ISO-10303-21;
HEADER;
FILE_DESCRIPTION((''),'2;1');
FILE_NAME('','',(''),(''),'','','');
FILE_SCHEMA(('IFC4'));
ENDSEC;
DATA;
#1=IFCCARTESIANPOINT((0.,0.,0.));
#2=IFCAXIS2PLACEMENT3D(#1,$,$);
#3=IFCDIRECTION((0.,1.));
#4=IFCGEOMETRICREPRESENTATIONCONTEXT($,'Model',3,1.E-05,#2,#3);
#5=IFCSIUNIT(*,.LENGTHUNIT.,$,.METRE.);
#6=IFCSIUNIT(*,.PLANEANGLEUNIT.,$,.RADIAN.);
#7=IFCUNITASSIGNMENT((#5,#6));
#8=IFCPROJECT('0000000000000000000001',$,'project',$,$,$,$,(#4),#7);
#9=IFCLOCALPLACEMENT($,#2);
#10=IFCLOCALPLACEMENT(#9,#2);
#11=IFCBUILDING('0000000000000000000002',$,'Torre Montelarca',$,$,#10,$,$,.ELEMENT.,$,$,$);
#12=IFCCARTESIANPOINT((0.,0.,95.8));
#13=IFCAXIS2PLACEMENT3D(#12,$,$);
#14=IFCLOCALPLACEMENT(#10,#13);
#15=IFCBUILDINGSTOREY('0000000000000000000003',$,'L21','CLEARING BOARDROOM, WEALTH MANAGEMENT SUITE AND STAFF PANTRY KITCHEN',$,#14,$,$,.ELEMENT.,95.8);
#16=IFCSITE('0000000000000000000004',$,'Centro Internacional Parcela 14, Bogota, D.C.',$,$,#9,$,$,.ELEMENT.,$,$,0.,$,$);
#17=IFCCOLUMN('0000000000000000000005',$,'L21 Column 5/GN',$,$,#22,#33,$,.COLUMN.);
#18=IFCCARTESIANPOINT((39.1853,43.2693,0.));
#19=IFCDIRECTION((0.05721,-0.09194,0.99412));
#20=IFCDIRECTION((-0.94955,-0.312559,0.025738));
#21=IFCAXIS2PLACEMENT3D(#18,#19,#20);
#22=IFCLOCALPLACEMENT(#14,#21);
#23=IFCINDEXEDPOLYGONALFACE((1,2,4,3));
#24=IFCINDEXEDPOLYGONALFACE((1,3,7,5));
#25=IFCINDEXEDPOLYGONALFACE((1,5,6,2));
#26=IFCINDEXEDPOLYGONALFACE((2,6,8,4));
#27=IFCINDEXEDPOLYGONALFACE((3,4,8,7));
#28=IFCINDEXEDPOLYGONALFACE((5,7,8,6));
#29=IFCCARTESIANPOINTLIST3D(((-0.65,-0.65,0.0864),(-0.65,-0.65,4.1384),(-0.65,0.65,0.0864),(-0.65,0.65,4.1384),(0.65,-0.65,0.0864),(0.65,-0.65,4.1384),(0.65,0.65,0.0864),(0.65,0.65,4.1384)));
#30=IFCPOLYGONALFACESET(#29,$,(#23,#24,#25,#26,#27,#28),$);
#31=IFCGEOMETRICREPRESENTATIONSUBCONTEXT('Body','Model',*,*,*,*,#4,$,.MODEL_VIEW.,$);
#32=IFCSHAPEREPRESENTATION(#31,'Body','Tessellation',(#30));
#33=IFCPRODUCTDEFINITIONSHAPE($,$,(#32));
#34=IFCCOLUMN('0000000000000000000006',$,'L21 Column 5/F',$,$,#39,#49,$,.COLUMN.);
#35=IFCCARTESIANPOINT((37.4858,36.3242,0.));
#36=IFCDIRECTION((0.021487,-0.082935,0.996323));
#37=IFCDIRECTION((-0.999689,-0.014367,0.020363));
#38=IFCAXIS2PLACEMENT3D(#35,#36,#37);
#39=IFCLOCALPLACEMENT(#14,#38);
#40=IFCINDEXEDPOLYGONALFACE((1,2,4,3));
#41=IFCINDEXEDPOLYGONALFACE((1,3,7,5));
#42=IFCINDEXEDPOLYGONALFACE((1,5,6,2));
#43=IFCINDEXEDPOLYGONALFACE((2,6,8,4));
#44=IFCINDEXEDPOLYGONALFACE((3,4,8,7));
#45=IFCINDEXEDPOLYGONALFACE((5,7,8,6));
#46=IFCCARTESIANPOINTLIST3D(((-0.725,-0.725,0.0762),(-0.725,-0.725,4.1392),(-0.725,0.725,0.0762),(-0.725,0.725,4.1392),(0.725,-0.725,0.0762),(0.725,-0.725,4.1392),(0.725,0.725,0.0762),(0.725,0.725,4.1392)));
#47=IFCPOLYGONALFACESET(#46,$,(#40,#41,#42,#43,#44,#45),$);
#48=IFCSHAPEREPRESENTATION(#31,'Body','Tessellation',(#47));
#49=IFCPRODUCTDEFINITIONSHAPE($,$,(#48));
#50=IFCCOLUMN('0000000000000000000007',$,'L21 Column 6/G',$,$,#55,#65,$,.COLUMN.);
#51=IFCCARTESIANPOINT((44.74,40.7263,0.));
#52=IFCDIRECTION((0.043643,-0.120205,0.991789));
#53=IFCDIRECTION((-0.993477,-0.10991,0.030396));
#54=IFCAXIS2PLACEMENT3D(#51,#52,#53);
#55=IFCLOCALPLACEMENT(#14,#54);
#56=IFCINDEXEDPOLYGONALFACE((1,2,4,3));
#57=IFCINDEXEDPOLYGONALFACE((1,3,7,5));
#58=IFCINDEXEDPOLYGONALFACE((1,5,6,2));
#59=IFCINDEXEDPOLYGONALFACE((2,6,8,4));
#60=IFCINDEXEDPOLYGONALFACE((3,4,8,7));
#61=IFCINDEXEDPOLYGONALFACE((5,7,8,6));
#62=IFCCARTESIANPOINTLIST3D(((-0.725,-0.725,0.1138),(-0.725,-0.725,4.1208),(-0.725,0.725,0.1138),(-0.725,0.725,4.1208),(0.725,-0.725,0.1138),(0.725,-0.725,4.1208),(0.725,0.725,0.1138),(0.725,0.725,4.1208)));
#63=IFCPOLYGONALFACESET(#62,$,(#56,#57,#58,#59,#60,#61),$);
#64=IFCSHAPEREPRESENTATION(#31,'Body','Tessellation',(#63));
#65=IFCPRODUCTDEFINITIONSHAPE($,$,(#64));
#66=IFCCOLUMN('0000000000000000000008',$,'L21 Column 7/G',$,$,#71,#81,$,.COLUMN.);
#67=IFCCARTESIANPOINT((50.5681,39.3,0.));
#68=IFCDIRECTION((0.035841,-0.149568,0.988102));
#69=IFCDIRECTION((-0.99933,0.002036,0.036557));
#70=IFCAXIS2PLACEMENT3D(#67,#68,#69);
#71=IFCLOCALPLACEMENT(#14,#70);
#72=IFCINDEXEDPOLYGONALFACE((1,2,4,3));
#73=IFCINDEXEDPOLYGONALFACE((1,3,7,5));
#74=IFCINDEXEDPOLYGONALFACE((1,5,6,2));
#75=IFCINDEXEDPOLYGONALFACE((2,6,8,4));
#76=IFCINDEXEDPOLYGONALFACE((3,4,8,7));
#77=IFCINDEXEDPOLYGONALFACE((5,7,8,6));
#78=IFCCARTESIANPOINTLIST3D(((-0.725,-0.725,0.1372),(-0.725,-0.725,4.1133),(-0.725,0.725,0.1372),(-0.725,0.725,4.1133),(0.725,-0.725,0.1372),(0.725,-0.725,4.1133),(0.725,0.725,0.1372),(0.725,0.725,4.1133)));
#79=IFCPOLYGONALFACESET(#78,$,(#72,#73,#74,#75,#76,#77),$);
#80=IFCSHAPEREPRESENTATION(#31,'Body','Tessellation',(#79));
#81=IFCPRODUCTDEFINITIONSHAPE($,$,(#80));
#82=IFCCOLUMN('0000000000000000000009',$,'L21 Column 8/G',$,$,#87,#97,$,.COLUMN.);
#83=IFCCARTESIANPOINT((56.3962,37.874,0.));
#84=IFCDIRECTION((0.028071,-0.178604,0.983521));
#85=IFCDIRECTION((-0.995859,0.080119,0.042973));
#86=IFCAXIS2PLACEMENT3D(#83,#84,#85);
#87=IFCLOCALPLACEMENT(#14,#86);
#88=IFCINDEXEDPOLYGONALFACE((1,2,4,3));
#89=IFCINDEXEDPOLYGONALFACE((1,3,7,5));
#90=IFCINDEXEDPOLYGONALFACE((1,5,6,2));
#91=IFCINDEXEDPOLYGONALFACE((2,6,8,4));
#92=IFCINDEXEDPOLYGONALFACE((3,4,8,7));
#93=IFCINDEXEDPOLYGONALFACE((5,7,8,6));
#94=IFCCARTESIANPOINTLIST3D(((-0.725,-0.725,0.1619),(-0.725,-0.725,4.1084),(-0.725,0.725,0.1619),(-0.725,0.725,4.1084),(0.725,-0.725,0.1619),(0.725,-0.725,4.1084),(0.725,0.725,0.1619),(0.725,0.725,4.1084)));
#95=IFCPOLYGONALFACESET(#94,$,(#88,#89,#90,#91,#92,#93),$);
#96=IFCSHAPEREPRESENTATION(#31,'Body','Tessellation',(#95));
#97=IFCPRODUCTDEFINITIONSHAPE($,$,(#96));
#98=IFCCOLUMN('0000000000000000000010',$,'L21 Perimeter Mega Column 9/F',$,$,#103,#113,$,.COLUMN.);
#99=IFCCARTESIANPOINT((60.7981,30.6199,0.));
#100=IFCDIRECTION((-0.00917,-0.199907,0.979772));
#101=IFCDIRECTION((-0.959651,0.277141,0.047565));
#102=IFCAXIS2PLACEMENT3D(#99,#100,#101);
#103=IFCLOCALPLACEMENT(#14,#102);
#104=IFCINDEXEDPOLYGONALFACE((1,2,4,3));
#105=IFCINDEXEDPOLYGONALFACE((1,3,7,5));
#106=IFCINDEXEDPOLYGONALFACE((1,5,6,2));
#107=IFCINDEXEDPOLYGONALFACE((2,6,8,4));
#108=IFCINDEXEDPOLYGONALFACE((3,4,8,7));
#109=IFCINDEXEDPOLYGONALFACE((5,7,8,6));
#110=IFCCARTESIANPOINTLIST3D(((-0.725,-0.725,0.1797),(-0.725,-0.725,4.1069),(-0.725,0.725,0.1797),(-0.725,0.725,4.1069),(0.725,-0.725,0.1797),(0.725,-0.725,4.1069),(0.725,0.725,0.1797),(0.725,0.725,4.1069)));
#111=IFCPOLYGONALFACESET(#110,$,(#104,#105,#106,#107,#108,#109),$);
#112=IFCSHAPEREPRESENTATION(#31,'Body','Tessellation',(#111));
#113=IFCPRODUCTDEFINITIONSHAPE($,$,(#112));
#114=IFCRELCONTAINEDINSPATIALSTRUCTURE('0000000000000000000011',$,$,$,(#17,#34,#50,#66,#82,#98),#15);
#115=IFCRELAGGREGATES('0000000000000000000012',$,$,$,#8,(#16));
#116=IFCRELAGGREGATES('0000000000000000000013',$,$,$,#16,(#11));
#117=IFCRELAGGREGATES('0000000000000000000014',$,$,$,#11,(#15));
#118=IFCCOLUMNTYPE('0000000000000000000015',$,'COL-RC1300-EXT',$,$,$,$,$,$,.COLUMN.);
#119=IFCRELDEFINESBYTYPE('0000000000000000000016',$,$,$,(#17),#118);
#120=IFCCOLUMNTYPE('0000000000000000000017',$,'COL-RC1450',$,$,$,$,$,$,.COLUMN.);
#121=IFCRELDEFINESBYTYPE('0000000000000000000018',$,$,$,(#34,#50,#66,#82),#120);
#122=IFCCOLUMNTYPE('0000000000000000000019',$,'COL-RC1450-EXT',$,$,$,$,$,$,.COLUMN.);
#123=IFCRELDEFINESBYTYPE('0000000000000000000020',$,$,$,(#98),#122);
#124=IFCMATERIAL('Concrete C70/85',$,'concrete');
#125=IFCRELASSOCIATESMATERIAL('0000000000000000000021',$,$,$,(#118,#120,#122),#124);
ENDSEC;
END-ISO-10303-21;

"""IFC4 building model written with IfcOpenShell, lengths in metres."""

from ifc_helpers import new_model, si_unit, direction, frame, origin, origin_2d, place, context, subcontext, project, spatial, rectangle, extrude, clip, halfspace, material, material_profile, profile_set, type_object, element, save


model = new_model("IFC4")

# Units and contexts
model_context = context("Model", 3, precision=1e-05, world=origin(), true_north=direction((0.0, 1.0)))
body_context = subcontext(model_context, "Body", "Model", "MODEL_VIEW")
ifc_project = project(units=[si_unit("LENGTHUNIT", "METRE"), si_unit("PLANEANGLEUNIT", "RADIAN")], contexts=[model_context])

# Site, building, storey
site_placement = place(None, origin())
site = spatial("IfcSite", under=ifc_project, at=site_placement, Name="Centro Internacional Parcela 14, Bogota, D.C.", CompositionType="ELEMENT", RefElevation=0.0)
building_placement = place(site_placement, origin())
building = spatial("IfcBuilding", under=site, at=building_placement, Name="Torre Montelarca", CompositionType="ELEMENT")
storey_placement = place(building_placement, frame((0.0, 0.0, 95.8)))
storey = spatial("IfcBuildingStorey", under=building, at=storey_placement, Name="L21", Description="CLEARING BOARDROOM, WEALTH MANAGEMENT SUITE AND STAFF PANTRY KITCHEN", CompositionType="ELEMENT", Elevation=95.8)

# Columns
ifc_material_1 = material(Name="Concrete C70/85", Category="concrete")
ifc_material_profile_1 = material_profile(ifc_material_1, rectangle(XDim=1.3, YDim=1.3, at=origin_2d()), Name="RC1300X1300", Category="concrete")
ifc_profile_set_1 = profile_set([ifc_material_profile_1], Name="Concrete C70/85")
column_type_1 = type_object("IfcColumnType", Name="COL-RC1300-EXT", PredefinedType="COLUMN", material=ifc_profile_set_1)
column_1_placement = place(storey_placement, frame((39.1853, 43.2693, 0.0), z_axis=(0.05721, -0.09194, 0.99412), x_axis=(-0.94955, -0.312559, 0.025738)))
element("IfcColumn", 1, at=column_1_placement, inside=storey, type_object=column_type_1, Name="L21 Column 5/GN", PredefinedType="COLUMN", context=body_context, shape_type="Clipping", body=[
    clip(clip(extrude(rectangle(XDim=1.3, YDim=1.3, at=origin_2d()), origin(), (0.0, 0.0, 1.0), 4.2249), halfspace(frame((0.0, 0.0, 0.0864), z_axis=(0.0, 0.0, -1.0), x_axis=(1.0, 0.0, 0.0)), False)), halfspace(frame((0.0, 0.0, 4.1384), z_axis=(0.0, 0.0, 1.0), x_axis=(1.0, 0.0, 0.0)), False)),
])
ifc_material_profile_2 = material_profile(ifc_material_1, rectangle(XDim=1.45, YDim=1.45, at=origin_2d()), Name="RC1450X1450", Category="concrete")
ifc_profile_set_2 = profile_set([ifc_material_profile_2], Name="Concrete C70/85")
column_type_2 = type_object("IfcColumnType", Name="COL-RC1450", PredefinedType="COLUMN", material=ifc_profile_set_2)
column_2_placement = place(storey_placement, frame((37.4858, 36.3242, 0.0), z_axis=(0.021487, -0.082935, 0.996323), x_axis=(-0.999689, -0.014367, 0.020363)))
element("IfcColumn", 2, at=column_2_placement, inside=storey, type_object=column_type_2, Name="L21 Column 5/F", PredefinedType="COLUMN", context=body_context, shape_type="Clipping", body=[
    clip(clip(extrude(rectangle(XDim=1.45, YDim=1.45, at=origin_2d()), origin(), (0.0, 0.0, 1.0), 4.2153), halfspace(frame((0.0, 0.0, 0.0762), z_axis=(0.0, 0.0, -1.0), x_axis=(1.0, 0.0, 0.0)), False)), halfspace(frame((0.0, 0.0, 4.1392), z_axis=(0.0, 0.0, 1.0), x_axis=(1.0, 0.0, 0.0)), False)),
])
column_3_placement = place(storey_placement, frame((44.74, 40.7263, 0.0), z_axis=(0.043643, -0.120205, 0.991789), x_axis=(-0.993477, -0.10991, 0.030396)))
element("IfcColumn", 3, at=column_3_placement, inside=storey, type_object=column_type_2, Name="L21 Column 6/G", PredefinedType="COLUMN", context=body_context, shape_type="Clipping", body=[
    clip(clip(extrude(rectangle(XDim=1.45, YDim=1.45, at=origin_2d()), origin(), (0.0, 0.0, 1.0), 4.2346), halfspace(frame((0.0, 0.0, 0.1138), z_axis=(0.0, 0.0, -1.0), x_axis=(1.0, 0.0, 0.0)), False)), halfspace(frame((0.0, 0.0, 4.1208), z_axis=(0.0, 0.0, 1.0), x_axis=(1.0, 0.0, 0.0)), False)),
])
column_4_placement = place(storey_placement, frame((50.5681, 39.3, 0.0), z_axis=(0.035841, -0.149568, 0.988102), x_axis=(-0.99933, 0.002036, 0.036557)))
element("IfcColumn", 4, at=column_4_placement, inside=storey, type_object=column_type_2, Name="L21 Column 7/G", PredefinedType="COLUMN", context=body_context, shape_type="Clipping", body=[
    clip(clip(extrude(rectangle(XDim=1.45, YDim=1.45, at=origin_2d()), origin(), (0.0, 0.0, 1.0), 4.2505), halfspace(frame((0.0, 0.0, 0.1372), z_axis=(0.0, 0.0, -1.0), x_axis=(1.0, 0.0, 0.0)), False)), halfspace(frame((0.0, 0.0, 4.1133), z_axis=(0.0, 0.0, 1.0), x_axis=(1.0, 0.0, 0.0)), False)),
])
column_5_placement = place(storey_placement, frame((56.3962, 37.874, 0.0), z_axis=(0.028071, -0.178604, 0.983521), x_axis=(-0.995859, 0.080119, 0.042973)))
element("IfcColumn", 5, at=column_5_placement, inside=storey, type_object=column_type_2, Name="L21 Column 8/G", PredefinedType="COLUMN", context=body_context, shape_type="Clipping", body=[
    clip(clip(extrude(rectangle(XDim=1.45, YDim=1.45, at=origin_2d()), origin(), (0.0, 0.0, 1.0), 4.2703), halfspace(frame((0.0, 0.0, 0.1619), z_axis=(0.0, 0.0, -1.0), x_axis=(1.0, 0.0, 0.0)), False)), halfspace(frame((0.0, 0.0, 4.1084), z_axis=(0.0, 0.0, 1.0), x_axis=(1.0, 0.0, 0.0)), False)),
])
ifc_material_profile_3 = material_profile(ifc_material_1, rectangle(XDim=1.45, YDim=1.45, at=origin_2d()), Name="RC1450X1450", Category="concrete")
ifc_profile_set_3 = profile_set([ifc_material_profile_3], Name="Concrete C70/85")
column_type_3 = type_object("IfcColumnType", Name="COL-RC1450-EXT", PredefinedType="COLUMN", material=ifc_profile_set_3)
column_6_placement = place(storey_placement, frame((60.7981, 30.6199, 0.0), z_axis=(-0.00917, -0.199907, 0.979772), x_axis=(-0.959651, 0.277141, 0.047565)))
element("IfcColumn", 6, at=column_6_placement, inside=storey, type_object=column_type_3, Name="L21 Perimeter Mega Column 9/F", PredefinedType="COLUMN", context=body_context, shape_type="Clipping", body=[
    clip(clip(extrude(rectangle(XDim=1.45, YDim=1.45, at=origin_2d()), origin(), (0.0, 0.0, 1.0), 4.2866), halfspace(frame((0.0, 0.0, 0.1797), z_axis=(0.0, 0.0, -1.0), x_axis=(1.0, 0.0, 0.0)), False)), halfspace(frame((0.0, 0.0, 4.1069), z_axis=(0.0, 0.0, 1.0), x_axis=(1.0, 0.0, 0.0)), False)),
])

save(model, "model.ifc")
